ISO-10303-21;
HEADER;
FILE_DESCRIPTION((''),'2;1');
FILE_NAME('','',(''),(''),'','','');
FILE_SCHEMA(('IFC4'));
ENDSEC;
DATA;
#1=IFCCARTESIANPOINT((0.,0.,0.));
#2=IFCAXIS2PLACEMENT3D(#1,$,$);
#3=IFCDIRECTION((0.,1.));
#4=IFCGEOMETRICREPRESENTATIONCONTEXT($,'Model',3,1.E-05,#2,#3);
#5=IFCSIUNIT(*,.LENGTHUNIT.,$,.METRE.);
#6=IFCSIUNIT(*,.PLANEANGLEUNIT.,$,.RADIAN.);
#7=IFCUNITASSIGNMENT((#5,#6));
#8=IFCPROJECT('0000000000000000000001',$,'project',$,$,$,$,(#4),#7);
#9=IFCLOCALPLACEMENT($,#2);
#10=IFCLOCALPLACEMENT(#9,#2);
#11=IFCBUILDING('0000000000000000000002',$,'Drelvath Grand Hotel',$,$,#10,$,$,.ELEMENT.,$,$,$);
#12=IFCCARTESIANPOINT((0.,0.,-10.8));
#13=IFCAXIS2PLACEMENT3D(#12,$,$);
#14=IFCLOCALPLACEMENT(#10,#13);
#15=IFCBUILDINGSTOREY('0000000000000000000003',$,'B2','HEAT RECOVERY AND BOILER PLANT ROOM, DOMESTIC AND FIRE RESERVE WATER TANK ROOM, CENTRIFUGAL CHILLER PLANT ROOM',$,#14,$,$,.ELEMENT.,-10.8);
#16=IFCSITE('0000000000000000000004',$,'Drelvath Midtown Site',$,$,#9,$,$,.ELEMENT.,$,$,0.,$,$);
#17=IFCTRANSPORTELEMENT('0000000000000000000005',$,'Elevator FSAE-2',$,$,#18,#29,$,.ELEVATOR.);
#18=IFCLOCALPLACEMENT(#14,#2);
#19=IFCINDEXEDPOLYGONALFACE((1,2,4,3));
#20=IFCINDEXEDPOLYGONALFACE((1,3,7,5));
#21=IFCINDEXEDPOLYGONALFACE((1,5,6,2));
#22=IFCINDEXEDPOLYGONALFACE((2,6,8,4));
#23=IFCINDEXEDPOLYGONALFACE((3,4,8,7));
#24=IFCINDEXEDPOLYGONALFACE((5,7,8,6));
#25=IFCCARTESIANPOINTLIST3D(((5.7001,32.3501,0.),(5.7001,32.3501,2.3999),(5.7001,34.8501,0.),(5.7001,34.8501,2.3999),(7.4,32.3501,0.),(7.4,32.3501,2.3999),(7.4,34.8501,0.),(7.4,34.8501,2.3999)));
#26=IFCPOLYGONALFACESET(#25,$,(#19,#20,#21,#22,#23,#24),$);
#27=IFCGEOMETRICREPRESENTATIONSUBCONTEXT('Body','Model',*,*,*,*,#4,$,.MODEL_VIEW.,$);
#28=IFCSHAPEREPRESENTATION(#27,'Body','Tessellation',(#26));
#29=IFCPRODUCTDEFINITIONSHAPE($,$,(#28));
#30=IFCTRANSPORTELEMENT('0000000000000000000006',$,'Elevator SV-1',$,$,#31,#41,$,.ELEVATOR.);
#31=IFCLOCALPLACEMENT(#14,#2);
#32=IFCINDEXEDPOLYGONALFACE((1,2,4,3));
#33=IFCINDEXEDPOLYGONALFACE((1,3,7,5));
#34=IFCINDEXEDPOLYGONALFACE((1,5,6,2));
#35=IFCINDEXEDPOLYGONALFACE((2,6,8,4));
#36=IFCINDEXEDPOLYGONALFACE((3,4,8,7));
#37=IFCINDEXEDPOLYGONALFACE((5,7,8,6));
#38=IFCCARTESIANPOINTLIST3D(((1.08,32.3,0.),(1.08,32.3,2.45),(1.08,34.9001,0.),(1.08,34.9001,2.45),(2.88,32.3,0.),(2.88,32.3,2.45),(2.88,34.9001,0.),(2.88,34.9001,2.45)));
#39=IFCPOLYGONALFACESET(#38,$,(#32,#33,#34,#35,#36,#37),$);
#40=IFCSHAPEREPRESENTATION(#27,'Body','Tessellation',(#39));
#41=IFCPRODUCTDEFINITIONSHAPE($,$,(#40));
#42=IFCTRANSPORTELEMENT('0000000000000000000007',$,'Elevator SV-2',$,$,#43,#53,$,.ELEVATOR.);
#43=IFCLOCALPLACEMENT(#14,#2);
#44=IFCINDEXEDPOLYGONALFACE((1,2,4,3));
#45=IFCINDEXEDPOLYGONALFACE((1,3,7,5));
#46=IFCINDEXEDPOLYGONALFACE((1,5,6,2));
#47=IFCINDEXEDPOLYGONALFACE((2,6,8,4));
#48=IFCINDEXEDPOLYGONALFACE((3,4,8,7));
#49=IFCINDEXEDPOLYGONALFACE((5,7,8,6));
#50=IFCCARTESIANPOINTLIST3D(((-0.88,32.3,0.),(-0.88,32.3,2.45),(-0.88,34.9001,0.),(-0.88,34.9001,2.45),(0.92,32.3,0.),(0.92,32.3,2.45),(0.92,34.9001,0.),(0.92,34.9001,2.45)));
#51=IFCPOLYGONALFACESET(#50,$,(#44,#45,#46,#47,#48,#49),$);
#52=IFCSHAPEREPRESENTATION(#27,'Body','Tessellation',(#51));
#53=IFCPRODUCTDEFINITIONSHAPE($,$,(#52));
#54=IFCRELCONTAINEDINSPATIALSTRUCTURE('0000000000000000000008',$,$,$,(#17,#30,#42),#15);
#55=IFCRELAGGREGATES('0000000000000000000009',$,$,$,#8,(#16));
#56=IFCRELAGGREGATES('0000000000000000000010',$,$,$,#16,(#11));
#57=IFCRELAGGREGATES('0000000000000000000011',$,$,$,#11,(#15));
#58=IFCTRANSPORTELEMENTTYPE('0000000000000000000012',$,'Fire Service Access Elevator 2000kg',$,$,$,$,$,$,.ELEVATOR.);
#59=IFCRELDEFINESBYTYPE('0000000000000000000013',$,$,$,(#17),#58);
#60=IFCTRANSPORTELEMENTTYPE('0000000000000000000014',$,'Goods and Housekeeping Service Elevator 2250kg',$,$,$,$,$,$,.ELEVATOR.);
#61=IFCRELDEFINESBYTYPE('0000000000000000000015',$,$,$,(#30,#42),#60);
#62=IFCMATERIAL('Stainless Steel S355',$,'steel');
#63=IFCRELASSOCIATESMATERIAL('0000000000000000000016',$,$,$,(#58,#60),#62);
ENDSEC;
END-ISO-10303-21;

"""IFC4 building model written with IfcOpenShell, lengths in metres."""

from ifc_helpers import new_model, si_unit, direction, frame, origin, origin_2d, place, context, subcontext, project, spatial, rectangle, extrude, material, type_object, element, save


model = new_model("IFC4")

# Units and contexts
model_context = context("Model", 3, precision=1e-05, world=origin(), true_north=direction((0.0, 1.0)))
body_context = subcontext(model_context, "Body", "Model", "MODEL_VIEW")
ifc_project = project(units=[si_unit("LENGTHUNIT", "METRE"), si_unit("PLANEANGLEUNIT", "RADIAN")], contexts=[model_context])

# Site, building, storey
site_placement = place(None, origin())
site = spatial("IfcSite", under=ifc_project, at=site_placement, Name="Drelvath Midtown Site", CompositionType="ELEMENT", RefElevation=0.0)
building_placement = place(site_placement, origin())
building = spatial("IfcBuilding", under=site, at=building_placement, Name="Drelvath Grand Hotel", CompositionType="ELEMENT")
storey_placement = place(building_placement, frame((0.0, 0.0, -10.8)))
storey = spatial("IfcBuildingStorey", under=building, at=storey_placement, Name="B2", Description="HEAT RECOVERY AND BOILER PLANT ROOM, DOMESTIC AND FIRE RESERVE WATER TANK ROOM, CENTRIFUGAL CHILLER PLANT ROOM", CompositionType="ELEMENT", Elevation=-10.8)

# Shared definitions
ifc_material_1 = material(Name="Stainless Steel S355", Category="steel")

# Transport elements
transport_element_type_1 = type_object("IfcTransportElementType", Name="Fire Service Access Elevator 2000kg", PredefinedType="ELEVATOR", material=ifc_material_1)
for number, where, z_axis, x_axis, name in (
    (1, (6.55, 33.6001, 0.0), (0.0, 0.0, 1.0), (1.0, 0.0, 0.0), "Elevator FSAE-2"),
):
    element("IfcTransportElement", number, at=place(storey_placement, frame(where, z_axis=z_axis, x_axis=x_axis)), inside=storey, type_object=transport_element_type_1, Name=name, PredefinedType="ELEVATOR", context=body_context, shape_type="SweptSolid", body=[
        extrude(rectangle(XDim=1.7, YDim=2.5, at=origin_2d()), origin(), (0.0, 0.0, 1.0), 2.3999),
    ])
transport_element_type_2 = type_object("IfcTransportElementType", Name="Goods and Housekeeping Service Elevator 2250kg", PredefinedType="ELEVATOR", material=ifc_material_1)
for number, where, z_axis, x_axis, name in (
    (2, (1.98, 33.6001, 0.0), (0.0, 0.0, 1.0), (1.0, 0.0, 0.0), "Elevator SV-1"),
    (3, (0.02, 33.6001, 0.0), (0.0, 0.0, 1.0), (1.0, 0.0, 0.0), "Elevator SV-2"),
):
    element("IfcTransportElement", number, at=place(storey_placement, frame(where, z_axis=z_axis, x_axis=x_axis)), inside=storey, type_object=transport_element_type_2, Name=name, PredefinedType="ELEVATOR", context=body_context, shape_type="SweptSolid", body=[
        extrude(rectangle(XDim=1.8, YDim=2.6001, at=origin_2d()), origin(), (0.0, 0.0, 1.0), 2.45),
    ])

save(model, "model.ifc")
